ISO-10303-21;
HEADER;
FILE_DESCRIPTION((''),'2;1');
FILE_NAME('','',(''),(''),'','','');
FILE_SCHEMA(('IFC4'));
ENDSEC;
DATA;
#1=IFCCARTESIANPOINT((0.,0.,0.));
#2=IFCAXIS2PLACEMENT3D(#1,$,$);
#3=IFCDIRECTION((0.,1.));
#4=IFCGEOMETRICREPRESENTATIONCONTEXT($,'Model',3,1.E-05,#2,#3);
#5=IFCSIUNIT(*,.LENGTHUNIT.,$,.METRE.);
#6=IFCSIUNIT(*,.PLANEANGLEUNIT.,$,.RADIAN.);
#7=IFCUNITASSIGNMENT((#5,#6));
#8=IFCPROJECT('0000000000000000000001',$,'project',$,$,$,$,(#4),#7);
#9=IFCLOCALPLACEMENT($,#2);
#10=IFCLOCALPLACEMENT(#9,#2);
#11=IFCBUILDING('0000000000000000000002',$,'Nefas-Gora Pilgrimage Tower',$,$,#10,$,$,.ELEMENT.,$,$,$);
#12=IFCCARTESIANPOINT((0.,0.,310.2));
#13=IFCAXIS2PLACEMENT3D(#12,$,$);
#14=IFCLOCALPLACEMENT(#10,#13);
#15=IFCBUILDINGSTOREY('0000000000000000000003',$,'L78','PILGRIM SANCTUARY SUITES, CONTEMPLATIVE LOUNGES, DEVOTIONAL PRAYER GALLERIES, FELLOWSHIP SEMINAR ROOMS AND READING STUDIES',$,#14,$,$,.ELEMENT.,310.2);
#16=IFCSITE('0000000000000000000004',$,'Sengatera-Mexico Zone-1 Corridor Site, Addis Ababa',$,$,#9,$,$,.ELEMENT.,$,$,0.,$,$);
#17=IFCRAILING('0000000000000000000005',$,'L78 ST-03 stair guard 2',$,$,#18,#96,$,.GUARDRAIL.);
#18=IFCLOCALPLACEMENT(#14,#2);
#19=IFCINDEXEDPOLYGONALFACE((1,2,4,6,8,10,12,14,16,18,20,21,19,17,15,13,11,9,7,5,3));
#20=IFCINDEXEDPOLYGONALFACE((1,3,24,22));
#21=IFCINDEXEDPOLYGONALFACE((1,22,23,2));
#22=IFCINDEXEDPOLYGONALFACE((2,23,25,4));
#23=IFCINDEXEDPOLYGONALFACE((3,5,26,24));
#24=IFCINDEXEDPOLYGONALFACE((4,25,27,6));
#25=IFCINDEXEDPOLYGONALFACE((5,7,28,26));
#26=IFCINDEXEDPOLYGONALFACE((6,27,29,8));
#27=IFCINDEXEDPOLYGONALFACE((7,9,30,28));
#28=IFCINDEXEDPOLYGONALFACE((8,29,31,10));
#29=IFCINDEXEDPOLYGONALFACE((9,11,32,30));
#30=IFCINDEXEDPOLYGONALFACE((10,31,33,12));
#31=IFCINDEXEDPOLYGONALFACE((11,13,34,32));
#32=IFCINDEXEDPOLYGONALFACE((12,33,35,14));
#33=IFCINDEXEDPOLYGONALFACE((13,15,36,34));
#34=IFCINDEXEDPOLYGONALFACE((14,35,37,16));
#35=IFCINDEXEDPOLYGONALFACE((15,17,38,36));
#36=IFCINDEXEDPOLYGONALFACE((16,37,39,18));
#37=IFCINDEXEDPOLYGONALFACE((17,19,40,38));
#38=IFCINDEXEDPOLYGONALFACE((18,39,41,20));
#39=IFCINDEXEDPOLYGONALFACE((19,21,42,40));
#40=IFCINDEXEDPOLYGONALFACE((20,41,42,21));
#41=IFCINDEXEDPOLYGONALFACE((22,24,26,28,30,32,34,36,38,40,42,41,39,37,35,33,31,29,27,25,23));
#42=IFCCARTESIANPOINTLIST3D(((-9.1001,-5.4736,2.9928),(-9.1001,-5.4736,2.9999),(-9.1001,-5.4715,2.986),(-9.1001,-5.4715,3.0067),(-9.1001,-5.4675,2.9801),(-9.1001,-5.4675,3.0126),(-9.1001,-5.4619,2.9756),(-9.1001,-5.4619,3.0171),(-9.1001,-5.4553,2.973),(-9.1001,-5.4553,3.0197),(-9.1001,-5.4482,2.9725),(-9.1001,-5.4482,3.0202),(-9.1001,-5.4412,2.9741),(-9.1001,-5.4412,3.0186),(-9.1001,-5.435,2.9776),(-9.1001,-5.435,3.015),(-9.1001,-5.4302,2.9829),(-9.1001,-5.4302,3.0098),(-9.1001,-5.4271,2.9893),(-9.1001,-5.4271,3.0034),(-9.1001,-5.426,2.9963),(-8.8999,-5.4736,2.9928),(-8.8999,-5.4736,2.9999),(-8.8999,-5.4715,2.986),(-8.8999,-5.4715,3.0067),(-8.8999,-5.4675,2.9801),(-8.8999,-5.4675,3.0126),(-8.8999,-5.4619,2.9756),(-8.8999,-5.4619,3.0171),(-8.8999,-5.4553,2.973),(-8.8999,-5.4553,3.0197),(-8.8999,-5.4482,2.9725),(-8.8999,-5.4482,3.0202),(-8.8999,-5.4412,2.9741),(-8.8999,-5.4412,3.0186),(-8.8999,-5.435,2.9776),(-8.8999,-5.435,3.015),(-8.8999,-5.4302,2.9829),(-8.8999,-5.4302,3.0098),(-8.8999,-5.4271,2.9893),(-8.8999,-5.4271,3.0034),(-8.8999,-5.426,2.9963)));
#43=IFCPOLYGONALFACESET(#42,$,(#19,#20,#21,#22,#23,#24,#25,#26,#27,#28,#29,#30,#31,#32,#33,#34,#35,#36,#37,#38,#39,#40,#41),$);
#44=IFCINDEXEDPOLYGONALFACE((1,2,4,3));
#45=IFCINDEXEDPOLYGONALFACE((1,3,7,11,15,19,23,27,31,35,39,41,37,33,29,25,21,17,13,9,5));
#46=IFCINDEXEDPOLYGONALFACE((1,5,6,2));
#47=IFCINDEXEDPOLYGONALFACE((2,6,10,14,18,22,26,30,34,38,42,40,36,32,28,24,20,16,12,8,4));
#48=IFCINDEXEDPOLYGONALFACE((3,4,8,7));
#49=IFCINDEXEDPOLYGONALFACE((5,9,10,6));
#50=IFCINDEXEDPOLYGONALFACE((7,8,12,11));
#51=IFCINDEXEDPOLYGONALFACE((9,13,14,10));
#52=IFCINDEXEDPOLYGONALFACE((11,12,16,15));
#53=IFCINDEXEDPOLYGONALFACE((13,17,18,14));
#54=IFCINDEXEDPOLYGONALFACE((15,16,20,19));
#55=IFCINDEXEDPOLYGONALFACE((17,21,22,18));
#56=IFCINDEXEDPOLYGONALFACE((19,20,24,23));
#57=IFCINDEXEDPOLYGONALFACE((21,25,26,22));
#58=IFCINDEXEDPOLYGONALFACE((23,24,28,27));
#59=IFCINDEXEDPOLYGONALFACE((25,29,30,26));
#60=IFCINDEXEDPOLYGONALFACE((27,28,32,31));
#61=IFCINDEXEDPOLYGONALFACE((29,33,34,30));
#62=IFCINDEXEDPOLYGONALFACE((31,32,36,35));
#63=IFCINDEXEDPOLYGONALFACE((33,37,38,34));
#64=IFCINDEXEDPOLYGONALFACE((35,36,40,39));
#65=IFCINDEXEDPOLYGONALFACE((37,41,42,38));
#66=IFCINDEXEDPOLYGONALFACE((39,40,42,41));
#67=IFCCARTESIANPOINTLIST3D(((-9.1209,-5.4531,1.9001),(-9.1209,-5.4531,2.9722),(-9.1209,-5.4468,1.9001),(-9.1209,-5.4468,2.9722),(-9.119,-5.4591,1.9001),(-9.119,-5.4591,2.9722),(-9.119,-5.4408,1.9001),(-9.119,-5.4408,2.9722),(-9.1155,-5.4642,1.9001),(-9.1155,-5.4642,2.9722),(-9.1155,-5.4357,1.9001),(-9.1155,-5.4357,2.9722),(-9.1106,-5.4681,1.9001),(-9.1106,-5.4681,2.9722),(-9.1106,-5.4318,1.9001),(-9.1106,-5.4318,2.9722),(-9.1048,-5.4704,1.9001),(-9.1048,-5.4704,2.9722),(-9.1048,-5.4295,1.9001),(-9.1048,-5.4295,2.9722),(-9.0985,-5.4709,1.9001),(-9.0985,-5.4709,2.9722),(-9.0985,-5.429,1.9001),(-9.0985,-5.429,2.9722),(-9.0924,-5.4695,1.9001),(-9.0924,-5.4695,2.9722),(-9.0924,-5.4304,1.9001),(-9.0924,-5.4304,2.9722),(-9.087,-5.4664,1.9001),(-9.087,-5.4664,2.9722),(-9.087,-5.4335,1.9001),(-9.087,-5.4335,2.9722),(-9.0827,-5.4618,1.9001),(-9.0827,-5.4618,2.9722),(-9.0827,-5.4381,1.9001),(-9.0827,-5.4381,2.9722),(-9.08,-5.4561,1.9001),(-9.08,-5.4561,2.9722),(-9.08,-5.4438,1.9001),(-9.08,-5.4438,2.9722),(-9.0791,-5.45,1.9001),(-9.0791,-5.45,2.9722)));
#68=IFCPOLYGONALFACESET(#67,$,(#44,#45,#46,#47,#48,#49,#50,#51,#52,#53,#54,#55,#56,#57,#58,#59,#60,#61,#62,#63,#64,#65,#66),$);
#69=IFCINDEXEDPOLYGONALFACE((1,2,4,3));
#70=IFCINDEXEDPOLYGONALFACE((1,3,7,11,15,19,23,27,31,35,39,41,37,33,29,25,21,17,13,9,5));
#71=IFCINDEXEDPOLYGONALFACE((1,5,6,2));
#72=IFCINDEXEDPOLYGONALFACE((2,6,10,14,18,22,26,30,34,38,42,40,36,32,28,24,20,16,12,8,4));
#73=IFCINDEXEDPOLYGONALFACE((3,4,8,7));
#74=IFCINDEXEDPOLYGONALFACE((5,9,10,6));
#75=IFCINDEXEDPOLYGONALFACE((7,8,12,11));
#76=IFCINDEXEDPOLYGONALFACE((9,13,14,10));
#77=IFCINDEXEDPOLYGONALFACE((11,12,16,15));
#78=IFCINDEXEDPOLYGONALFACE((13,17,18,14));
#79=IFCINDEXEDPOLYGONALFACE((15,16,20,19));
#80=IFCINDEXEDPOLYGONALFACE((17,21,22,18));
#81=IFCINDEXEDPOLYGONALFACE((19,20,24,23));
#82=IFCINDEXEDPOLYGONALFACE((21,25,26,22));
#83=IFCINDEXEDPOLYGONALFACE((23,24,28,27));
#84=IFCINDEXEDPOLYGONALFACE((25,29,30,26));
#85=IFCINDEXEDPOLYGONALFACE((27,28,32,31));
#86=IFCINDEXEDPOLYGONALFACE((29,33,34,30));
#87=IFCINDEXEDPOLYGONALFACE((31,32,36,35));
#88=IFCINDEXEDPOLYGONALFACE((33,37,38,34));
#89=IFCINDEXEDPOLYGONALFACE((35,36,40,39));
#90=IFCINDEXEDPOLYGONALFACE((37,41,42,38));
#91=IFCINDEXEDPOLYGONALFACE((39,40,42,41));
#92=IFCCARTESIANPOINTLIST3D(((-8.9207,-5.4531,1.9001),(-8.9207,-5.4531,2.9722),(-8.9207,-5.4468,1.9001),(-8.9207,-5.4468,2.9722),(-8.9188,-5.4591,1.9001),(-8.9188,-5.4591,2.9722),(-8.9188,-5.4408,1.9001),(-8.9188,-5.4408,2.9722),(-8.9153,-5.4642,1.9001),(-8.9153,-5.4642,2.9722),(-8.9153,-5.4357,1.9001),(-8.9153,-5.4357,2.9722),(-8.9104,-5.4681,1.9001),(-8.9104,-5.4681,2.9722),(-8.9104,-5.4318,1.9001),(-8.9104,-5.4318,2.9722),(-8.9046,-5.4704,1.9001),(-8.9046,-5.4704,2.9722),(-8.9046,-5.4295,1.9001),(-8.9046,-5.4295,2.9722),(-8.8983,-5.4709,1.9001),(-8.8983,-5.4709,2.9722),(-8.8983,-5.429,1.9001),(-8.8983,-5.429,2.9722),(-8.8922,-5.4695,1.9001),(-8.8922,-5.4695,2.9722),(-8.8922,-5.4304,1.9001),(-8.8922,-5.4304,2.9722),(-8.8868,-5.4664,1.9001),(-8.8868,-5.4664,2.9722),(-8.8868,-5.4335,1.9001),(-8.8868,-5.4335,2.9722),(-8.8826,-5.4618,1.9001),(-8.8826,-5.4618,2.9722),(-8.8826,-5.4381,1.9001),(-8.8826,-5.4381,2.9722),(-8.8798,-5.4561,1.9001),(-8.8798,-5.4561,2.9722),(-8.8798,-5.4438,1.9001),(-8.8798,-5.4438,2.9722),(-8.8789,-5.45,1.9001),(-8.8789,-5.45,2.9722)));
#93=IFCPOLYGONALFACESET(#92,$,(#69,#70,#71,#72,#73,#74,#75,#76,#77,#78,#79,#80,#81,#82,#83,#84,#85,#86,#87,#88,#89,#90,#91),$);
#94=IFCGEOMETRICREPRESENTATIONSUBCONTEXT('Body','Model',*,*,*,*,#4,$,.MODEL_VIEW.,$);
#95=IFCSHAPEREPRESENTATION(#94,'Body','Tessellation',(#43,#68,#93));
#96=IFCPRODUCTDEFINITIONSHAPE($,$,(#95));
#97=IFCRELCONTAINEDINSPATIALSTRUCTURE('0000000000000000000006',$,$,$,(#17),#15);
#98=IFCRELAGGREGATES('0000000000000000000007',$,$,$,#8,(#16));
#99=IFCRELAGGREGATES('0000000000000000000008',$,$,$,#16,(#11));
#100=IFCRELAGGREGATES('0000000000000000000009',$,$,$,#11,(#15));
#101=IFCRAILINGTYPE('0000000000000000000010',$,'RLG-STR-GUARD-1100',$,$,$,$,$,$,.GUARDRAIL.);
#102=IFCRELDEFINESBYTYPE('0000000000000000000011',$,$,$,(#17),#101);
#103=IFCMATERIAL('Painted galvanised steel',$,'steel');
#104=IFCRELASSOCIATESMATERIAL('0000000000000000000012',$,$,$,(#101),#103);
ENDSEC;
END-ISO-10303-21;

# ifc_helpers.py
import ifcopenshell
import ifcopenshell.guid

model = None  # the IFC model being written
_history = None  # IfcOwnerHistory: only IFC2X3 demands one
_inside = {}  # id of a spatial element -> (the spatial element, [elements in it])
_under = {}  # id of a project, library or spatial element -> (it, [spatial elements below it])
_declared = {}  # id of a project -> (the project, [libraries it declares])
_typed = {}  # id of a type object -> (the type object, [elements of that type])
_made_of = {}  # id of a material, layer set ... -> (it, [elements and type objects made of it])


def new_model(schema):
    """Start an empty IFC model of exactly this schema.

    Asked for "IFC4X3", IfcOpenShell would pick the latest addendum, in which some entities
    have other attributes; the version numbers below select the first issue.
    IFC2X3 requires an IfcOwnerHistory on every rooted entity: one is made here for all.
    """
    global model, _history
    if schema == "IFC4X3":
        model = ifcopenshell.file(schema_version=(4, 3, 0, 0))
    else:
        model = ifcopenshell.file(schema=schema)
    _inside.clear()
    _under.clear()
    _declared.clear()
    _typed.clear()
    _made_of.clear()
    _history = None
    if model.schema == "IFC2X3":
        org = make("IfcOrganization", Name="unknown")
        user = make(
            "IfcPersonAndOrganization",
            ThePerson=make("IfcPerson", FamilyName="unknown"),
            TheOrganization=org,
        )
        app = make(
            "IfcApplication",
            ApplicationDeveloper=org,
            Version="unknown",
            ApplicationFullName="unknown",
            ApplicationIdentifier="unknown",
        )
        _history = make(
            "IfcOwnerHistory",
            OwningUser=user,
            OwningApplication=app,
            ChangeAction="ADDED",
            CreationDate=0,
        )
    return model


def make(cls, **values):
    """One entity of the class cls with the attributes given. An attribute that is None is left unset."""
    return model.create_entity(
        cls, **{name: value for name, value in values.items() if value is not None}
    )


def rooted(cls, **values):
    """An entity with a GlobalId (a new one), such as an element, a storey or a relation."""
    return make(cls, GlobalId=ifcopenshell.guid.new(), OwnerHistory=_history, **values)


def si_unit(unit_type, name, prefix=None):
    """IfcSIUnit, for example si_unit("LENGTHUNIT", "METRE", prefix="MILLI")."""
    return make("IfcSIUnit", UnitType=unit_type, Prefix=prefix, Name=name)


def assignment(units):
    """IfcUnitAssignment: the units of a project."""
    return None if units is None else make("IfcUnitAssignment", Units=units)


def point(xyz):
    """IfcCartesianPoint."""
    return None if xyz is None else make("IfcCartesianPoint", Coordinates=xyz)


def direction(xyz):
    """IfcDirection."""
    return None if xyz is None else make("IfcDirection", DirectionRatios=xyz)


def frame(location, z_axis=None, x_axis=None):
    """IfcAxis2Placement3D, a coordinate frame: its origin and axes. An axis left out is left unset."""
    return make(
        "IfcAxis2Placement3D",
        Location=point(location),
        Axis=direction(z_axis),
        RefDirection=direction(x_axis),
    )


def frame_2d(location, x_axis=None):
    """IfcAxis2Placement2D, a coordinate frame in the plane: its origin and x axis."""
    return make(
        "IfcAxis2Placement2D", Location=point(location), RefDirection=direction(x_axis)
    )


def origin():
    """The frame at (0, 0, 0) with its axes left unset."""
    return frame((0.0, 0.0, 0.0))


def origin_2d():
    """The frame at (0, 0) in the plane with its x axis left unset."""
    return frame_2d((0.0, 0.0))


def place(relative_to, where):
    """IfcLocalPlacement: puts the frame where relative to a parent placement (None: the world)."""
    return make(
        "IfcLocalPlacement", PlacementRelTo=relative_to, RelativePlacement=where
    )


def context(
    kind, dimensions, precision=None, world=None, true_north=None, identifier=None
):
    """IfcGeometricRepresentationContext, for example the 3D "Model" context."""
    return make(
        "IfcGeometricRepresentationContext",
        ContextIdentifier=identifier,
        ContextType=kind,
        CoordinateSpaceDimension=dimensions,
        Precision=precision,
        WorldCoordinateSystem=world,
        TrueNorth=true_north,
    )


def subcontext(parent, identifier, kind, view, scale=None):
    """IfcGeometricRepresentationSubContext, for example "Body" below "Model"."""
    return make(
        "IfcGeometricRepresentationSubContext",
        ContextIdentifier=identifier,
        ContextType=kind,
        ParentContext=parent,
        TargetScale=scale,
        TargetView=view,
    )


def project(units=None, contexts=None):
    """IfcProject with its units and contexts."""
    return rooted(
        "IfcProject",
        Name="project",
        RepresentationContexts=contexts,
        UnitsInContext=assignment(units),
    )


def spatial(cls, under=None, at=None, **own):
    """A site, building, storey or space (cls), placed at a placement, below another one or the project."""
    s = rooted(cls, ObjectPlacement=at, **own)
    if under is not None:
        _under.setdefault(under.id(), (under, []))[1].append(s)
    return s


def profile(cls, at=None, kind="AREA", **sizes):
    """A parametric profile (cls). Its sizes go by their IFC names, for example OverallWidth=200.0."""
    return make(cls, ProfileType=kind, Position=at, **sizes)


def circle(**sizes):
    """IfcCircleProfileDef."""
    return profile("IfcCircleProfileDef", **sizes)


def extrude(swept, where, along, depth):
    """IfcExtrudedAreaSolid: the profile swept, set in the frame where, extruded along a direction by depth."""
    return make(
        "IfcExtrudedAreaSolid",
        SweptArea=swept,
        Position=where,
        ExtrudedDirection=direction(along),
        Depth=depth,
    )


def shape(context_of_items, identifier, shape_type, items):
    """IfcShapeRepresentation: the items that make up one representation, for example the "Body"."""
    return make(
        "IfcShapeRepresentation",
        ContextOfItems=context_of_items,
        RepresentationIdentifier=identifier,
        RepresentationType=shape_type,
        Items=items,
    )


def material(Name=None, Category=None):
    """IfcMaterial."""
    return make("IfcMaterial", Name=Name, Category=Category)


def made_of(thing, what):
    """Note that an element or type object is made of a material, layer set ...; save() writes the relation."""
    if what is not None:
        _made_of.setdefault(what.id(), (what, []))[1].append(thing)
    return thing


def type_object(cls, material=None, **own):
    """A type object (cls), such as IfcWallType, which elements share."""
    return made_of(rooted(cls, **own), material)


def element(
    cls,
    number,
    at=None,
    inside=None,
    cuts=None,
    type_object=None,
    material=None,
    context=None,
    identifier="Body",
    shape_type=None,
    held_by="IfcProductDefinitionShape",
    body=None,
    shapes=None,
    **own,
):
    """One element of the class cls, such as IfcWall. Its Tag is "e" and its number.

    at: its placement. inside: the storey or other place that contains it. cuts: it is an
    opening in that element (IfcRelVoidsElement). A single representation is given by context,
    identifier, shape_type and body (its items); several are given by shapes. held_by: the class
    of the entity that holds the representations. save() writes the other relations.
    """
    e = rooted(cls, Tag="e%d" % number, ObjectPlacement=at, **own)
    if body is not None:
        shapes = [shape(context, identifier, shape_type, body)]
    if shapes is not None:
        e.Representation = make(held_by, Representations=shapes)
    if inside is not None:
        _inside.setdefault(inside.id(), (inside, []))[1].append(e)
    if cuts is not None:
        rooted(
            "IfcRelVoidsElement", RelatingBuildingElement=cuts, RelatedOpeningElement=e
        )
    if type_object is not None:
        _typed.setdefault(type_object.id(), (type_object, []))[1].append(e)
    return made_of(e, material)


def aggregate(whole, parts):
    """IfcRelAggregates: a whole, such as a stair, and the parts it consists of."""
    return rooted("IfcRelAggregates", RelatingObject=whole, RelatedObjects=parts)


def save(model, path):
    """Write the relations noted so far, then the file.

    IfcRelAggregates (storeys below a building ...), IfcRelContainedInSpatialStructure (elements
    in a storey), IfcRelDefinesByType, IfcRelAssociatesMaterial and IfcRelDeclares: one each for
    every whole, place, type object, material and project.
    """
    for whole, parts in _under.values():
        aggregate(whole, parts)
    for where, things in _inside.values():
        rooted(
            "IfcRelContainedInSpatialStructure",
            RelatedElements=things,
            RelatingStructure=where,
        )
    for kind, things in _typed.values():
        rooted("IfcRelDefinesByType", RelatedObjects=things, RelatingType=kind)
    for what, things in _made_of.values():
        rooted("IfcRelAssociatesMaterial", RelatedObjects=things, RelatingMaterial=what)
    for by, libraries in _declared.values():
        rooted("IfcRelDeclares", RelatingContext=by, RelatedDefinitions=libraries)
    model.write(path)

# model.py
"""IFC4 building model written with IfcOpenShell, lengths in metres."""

from ifc_helpers import new_model, si_unit, direction, frame, origin, origin_2d, place, context, subcontext, project, spatial, circle, extrude, material, type_object, element, save


model = new_model("IFC4")

# Units and contexts
model_context = context("Model", 3, precision=1e-05, world=origin(), true_north=direction((0.0, 1.0)))
body_context = subcontext(model_context, "Body", "Model", "MODEL_VIEW")
ifc_project = project(units=[si_unit("LENGTHUNIT", "METRE"), si_unit("PLANEANGLEUNIT", "RADIAN")], contexts=[model_context])

# Site, building, storey
site_placement = place(None, origin())
site = spatial("IfcSite", under=ifc_project, at=site_placement, Name="Sengatera-Mexico Zone-1 Corridor Site, Addis Ababa", CompositionType="ELEMENT", RefElevation=0.0)
building_placement = place(site_placement, origin())
building = spatial("IfcBuilding", under=site, at=building_placement, Name="Nefas-Gora Pilgrimage Tower", CompositionType="ELEMENT")
storey_placement = place(building_placement, frame((0.0, 0.0, 310.2)))
storey = spatial("IfcBuildingStorey", under=building, at=storey_placement, Name="L78", Description="PILGRIM SANCTUARY SUITES, CONTEMPLATIVE LOUNGES, DEVOTIONAL PRAYER GALLERIES, FELLOWSHIP SEMINAR ROOMS AND READING STUDIES", CompositionType="ELEMENT", Elevation=310.2)

# Railing
ifc_material_1 = material(Name="Painted galvanised steel", Category="steel")
railing_type_1 = type_object("IfcRailingType", Name="RLG-STR-GUARD-1100", PredefinedType="GUARDRAIL", material=ifc_material_1)
railing_1_placement = place(storey_placement, frame((-9.1001, -5.45, 1.9001)))
element("IfcRailing", 1, at=railing_1_placement, inside=storey, type_object=railing_type_1, Name="L78 ST-03 stair guard 2", PredefinedType="GUARDRAIL", context=body_context, shape_type="SweptSolid", body=[
    extrude(circle(Radius=0.0239, at=origin_2d()), frame((0.0, 0.0, 1.0962), z_axis=(1.0, 0.0, 0.0), x_axis=(0.0, 1.0, 0.0)), (0.0, 0.0, 1.0), 0.2002),
    extrude(circle(Radius=0.021, at=origin_2d()), origin(), (0.0, 0.0, 1.0), 1.072),
    extrude(circle(Radius=0.021, at=origin_2d()), frame((0.2002, 0.0, 0.0)), (0.0, 0.0, 1.0), 1.072),
])

save(model, "model.ifc")
